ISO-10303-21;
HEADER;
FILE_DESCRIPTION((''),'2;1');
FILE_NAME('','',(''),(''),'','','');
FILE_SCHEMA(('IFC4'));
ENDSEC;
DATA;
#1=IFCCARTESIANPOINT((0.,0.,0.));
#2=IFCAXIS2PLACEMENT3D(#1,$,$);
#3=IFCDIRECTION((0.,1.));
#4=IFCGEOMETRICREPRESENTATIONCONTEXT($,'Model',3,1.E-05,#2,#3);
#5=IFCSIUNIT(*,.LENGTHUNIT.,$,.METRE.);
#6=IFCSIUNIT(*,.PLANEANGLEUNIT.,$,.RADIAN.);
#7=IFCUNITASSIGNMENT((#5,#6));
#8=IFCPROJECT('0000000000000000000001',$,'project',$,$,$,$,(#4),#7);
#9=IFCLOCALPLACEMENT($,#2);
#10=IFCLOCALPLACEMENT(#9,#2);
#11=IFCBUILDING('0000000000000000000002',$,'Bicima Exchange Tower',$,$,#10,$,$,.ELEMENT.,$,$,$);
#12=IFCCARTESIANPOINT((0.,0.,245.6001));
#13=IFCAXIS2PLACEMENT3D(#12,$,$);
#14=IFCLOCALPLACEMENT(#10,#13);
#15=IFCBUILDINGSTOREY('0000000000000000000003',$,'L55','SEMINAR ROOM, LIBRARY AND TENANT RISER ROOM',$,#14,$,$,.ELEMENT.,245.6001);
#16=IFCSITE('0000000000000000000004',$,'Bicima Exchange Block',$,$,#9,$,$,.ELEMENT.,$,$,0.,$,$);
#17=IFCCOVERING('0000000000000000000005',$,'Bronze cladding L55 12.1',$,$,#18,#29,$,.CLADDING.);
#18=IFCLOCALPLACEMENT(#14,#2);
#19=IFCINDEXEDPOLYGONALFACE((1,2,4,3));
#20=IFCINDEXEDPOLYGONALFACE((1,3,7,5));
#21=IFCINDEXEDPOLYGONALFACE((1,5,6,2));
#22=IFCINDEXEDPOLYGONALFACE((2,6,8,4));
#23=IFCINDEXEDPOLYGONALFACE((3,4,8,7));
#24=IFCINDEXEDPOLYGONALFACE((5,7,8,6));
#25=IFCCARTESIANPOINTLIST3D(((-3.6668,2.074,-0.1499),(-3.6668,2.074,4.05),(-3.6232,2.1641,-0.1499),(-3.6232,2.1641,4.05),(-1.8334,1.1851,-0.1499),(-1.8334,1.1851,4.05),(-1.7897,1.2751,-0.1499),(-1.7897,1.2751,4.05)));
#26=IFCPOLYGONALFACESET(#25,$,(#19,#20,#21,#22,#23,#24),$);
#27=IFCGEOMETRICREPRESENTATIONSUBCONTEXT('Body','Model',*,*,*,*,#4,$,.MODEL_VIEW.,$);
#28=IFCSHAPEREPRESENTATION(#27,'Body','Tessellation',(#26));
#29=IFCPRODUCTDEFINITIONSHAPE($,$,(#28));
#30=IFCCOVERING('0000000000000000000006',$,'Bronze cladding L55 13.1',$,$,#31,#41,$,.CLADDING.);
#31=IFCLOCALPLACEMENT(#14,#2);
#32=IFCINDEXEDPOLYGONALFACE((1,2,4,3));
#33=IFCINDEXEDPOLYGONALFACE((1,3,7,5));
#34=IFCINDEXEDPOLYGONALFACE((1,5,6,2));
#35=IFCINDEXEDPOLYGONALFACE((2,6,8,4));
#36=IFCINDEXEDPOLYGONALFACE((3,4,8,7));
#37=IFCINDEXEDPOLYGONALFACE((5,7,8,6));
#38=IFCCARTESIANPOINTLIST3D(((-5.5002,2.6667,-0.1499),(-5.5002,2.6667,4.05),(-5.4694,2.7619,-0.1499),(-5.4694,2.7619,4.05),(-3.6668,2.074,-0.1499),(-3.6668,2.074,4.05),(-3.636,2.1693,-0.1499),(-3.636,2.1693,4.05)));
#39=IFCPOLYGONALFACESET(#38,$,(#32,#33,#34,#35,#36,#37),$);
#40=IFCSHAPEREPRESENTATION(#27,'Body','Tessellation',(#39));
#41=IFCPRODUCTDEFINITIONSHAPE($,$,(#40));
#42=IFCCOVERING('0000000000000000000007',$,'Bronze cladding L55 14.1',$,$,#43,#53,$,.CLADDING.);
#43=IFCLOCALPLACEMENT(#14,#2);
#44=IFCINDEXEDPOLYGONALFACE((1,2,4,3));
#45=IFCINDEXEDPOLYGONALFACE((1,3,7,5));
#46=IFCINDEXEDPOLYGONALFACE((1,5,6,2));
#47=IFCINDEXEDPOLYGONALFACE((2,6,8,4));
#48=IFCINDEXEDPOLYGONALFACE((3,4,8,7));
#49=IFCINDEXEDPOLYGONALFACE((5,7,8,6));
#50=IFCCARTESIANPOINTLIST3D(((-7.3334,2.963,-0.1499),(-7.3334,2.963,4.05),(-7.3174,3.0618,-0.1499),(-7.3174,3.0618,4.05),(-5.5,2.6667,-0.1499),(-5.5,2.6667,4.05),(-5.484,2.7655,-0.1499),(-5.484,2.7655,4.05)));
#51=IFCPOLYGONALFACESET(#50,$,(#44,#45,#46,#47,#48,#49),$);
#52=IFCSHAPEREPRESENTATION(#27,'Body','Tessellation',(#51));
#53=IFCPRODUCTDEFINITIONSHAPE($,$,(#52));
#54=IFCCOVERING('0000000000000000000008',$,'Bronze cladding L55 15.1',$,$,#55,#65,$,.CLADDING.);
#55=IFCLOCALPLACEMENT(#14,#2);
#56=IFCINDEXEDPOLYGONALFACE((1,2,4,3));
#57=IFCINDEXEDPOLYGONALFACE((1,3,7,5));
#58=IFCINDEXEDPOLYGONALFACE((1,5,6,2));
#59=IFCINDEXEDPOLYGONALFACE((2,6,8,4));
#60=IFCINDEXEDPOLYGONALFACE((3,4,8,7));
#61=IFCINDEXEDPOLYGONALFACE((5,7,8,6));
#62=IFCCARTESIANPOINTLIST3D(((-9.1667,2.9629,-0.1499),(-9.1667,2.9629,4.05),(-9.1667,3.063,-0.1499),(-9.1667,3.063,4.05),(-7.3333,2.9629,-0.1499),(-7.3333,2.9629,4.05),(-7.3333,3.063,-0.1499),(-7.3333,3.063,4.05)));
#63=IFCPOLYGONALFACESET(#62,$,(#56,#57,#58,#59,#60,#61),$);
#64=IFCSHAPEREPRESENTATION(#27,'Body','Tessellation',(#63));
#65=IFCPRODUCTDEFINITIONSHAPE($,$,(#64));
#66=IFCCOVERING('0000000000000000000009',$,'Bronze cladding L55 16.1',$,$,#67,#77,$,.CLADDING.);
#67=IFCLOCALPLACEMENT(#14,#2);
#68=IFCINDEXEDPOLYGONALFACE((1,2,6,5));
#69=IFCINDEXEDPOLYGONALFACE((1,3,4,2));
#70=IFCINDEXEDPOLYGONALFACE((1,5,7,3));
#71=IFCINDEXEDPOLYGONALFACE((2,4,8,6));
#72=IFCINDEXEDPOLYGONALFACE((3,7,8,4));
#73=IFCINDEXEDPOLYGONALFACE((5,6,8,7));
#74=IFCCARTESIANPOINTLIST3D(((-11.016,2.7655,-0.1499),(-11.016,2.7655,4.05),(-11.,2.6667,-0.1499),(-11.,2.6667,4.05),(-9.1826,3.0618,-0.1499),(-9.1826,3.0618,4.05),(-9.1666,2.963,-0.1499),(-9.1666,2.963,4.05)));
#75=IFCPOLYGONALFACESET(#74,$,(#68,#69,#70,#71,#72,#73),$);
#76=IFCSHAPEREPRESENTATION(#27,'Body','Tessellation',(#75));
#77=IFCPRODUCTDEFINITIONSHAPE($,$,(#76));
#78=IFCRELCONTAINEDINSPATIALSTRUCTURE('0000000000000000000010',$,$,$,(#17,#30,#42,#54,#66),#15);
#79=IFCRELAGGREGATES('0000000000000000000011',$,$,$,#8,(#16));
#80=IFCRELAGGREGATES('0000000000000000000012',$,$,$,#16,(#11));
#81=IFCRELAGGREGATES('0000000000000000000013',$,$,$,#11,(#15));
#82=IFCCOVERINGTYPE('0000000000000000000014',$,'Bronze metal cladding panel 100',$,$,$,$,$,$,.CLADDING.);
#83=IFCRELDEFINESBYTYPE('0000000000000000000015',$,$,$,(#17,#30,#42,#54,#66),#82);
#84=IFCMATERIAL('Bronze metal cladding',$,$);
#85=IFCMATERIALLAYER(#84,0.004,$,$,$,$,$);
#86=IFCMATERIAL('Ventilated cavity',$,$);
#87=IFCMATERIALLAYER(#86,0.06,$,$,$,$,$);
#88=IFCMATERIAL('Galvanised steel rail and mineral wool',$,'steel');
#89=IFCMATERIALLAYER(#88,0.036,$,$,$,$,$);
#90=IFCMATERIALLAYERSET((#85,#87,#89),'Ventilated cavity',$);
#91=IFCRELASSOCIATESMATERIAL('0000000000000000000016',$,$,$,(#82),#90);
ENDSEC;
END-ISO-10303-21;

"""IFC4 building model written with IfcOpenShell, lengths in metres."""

from ifc_helpers import new_model, si_unit, direction, frame, origin, origin_2d, place, context, subcontext, project, spatial, rectangle, extrude, material, layer, layer_set, type_object, element, save


model = new_model("IFC4")

# Units and contexts
model_context = context("Model", 3, precision=1e-05, world=origin(), true_north=direction((0.0, 1.0)))
body_context = subcontext(model_context, "Body", "Model", "MODEL_VIEW")
ifc_project = project(units=[si_unit("LENGTHUNIT", "METRE"), si_unit("PLANEANGLEUNIT", "RADIAN")], contexts=[model_context])

# Site, building, storey
site_placement = place(None, origin())
site = spatial("IfcSite", under=ifc_project, at=site_placement, Name="Bicima Exchange Block", CompositionType="ELEMENT", RefElevation=0.0)
building_placement = place(site_placement, origin())
building = spatial("IfcBuilding", under=site, at=building_placement, Name="Bicima Exchange Tower", CompositionType="ELEMENT")
storey_placement = place(building_placement, frame((0.0, 0.0, 245.6001)))
storey = spatial("IfcBuildingStorey", under=building, at=storey_placement, Name="L55", Description="SEMINAR ROOM, LIBRARY AND TENANT RISER ROOM", CompositionType="ELEMENT", Elevation=245.6001)

# Coverings
ifc_material_1 = material(Name="Bronze metal cladding")
ifc_layer_1 = layer(ifc_material_1, 0.004)
ifc_material_2 = material(Name="Ventilated cavity")
ifc_layer_2 = layer(ifc_material_2, 0.06)
ifc_material_3 = material(Name="Galvanised steel rail and mineral wool", Category="steel")
ifc_layer_3 = layer(ifc_material_3, 0.036)
ifc_layer_set_1 = layer_set([ifc_layer_1, ifc_layer_2, ifc_layer_3], Name="Ventilated cavity")
covering_type = type_object("IfcCoveringType", Name="Bronze metal cladding panel 100", PredefinedType="CLADDING", material=ifc_layer_set_1)
covering_1_placement = place(storey_placement, frame((-2.7283, 1.6746, -0.1499), z_axis=(0.0, 0.0, 1.0), x_axis=(-0.899818, 0.436265, 0.0)))
element("IfcCovering", 1, at=covering_1_placement, inside=storey, type_object=covering_type, Name="Bronze cladding L55 12.1", PredefinedType="CLADDING", context=body_context, shape_type="SweptSolid", body=[
    extrude(rectangle(XDim=2.0376, YDim=0.1001, at=origin_2d()), origin(), (0.0, 0.0, 1.0), 4.2),
])
covering_2_placement = place(storey_placement, frame((-4.5681, 2.418, -0.1499), z_axis=(0.0, 0.0, 1.0), x_axis=(-0.951525, 0.307573, 0.0)))
element("IfcCovering", 2, at=covering_2_placement, inside=storey, type_object=covering_type, Name="Bronze cladding L55 13.1", PredefinedType="CLADDING", context=body_context, shape_type="SweptSolid", body=[
    extrude(rectangle(XDim=1.9268, YDim=0.1001, at=origin_2d()), origin(), (0.0, 0.0, 1.0), 4.2),
])
covering_3_placement = place(storey_placement, frame((-6.4087, 2.8643, -0.1499), z_axis=(0.0, 0.0, 1.0), x_axis=(-0.98719, 0.15955, 0.0)))
element("IfcCovering", 3, at=covering_3_placement, inside=storey, type_object=covering_type, Name="Bronze cladding L55 14.1", PredefinedType="CLADDING", context=body_context, shape_type="SweptSolid", body=[
    extrude(rectangle(XDim=1.8572, YDim=0.1001, at=origin_2d()), origin(), (0.0, 0.0, 1.0), 4.2),
])
covering_4_placement = place(storey_placement, frame((-8.25, 3.0129, -0.1499), z_axis=(0.0, 0.0, 1.0), x_axis=(-1.0, 0.0, 0.0)))
element("IfcCovering", 4, at=covering_4_placement, inside=storey, type_object=covering_type, Name="Bronze cladding L55 15.1", PredefinedType="CLADDING", context=body_context, shape_type="SweptSolid", body=[
    extrude(rectangle(XDim=1.8335, YDim=0.1001, at=origin_2d()), origin(), (0.0, 0.0, 1.0), 4.2),
])
covering_5_placement = place(storey_placement, frame((-10.0913, 2.8643, -0.1499), z_axis=(0.0, 0.0, 1.0), x_axis=(-0.98719, -0.15955, 0.0)))
element("IfcCovering", 5, at=covering_5_placement, inside=storey, type_object=covering_type, Name="Bronze cladding L55 16.1", PredefinedType="CLADDING", context=body_context, shape_type="SweptSolid", body=[
    extrude(rectangle(XDim=1.8572, YDim=0.1001, at=origin_2d()), origin(), (0.0, 0.0, 1.0), 4.2),
])

save(model, "model.ifc")
